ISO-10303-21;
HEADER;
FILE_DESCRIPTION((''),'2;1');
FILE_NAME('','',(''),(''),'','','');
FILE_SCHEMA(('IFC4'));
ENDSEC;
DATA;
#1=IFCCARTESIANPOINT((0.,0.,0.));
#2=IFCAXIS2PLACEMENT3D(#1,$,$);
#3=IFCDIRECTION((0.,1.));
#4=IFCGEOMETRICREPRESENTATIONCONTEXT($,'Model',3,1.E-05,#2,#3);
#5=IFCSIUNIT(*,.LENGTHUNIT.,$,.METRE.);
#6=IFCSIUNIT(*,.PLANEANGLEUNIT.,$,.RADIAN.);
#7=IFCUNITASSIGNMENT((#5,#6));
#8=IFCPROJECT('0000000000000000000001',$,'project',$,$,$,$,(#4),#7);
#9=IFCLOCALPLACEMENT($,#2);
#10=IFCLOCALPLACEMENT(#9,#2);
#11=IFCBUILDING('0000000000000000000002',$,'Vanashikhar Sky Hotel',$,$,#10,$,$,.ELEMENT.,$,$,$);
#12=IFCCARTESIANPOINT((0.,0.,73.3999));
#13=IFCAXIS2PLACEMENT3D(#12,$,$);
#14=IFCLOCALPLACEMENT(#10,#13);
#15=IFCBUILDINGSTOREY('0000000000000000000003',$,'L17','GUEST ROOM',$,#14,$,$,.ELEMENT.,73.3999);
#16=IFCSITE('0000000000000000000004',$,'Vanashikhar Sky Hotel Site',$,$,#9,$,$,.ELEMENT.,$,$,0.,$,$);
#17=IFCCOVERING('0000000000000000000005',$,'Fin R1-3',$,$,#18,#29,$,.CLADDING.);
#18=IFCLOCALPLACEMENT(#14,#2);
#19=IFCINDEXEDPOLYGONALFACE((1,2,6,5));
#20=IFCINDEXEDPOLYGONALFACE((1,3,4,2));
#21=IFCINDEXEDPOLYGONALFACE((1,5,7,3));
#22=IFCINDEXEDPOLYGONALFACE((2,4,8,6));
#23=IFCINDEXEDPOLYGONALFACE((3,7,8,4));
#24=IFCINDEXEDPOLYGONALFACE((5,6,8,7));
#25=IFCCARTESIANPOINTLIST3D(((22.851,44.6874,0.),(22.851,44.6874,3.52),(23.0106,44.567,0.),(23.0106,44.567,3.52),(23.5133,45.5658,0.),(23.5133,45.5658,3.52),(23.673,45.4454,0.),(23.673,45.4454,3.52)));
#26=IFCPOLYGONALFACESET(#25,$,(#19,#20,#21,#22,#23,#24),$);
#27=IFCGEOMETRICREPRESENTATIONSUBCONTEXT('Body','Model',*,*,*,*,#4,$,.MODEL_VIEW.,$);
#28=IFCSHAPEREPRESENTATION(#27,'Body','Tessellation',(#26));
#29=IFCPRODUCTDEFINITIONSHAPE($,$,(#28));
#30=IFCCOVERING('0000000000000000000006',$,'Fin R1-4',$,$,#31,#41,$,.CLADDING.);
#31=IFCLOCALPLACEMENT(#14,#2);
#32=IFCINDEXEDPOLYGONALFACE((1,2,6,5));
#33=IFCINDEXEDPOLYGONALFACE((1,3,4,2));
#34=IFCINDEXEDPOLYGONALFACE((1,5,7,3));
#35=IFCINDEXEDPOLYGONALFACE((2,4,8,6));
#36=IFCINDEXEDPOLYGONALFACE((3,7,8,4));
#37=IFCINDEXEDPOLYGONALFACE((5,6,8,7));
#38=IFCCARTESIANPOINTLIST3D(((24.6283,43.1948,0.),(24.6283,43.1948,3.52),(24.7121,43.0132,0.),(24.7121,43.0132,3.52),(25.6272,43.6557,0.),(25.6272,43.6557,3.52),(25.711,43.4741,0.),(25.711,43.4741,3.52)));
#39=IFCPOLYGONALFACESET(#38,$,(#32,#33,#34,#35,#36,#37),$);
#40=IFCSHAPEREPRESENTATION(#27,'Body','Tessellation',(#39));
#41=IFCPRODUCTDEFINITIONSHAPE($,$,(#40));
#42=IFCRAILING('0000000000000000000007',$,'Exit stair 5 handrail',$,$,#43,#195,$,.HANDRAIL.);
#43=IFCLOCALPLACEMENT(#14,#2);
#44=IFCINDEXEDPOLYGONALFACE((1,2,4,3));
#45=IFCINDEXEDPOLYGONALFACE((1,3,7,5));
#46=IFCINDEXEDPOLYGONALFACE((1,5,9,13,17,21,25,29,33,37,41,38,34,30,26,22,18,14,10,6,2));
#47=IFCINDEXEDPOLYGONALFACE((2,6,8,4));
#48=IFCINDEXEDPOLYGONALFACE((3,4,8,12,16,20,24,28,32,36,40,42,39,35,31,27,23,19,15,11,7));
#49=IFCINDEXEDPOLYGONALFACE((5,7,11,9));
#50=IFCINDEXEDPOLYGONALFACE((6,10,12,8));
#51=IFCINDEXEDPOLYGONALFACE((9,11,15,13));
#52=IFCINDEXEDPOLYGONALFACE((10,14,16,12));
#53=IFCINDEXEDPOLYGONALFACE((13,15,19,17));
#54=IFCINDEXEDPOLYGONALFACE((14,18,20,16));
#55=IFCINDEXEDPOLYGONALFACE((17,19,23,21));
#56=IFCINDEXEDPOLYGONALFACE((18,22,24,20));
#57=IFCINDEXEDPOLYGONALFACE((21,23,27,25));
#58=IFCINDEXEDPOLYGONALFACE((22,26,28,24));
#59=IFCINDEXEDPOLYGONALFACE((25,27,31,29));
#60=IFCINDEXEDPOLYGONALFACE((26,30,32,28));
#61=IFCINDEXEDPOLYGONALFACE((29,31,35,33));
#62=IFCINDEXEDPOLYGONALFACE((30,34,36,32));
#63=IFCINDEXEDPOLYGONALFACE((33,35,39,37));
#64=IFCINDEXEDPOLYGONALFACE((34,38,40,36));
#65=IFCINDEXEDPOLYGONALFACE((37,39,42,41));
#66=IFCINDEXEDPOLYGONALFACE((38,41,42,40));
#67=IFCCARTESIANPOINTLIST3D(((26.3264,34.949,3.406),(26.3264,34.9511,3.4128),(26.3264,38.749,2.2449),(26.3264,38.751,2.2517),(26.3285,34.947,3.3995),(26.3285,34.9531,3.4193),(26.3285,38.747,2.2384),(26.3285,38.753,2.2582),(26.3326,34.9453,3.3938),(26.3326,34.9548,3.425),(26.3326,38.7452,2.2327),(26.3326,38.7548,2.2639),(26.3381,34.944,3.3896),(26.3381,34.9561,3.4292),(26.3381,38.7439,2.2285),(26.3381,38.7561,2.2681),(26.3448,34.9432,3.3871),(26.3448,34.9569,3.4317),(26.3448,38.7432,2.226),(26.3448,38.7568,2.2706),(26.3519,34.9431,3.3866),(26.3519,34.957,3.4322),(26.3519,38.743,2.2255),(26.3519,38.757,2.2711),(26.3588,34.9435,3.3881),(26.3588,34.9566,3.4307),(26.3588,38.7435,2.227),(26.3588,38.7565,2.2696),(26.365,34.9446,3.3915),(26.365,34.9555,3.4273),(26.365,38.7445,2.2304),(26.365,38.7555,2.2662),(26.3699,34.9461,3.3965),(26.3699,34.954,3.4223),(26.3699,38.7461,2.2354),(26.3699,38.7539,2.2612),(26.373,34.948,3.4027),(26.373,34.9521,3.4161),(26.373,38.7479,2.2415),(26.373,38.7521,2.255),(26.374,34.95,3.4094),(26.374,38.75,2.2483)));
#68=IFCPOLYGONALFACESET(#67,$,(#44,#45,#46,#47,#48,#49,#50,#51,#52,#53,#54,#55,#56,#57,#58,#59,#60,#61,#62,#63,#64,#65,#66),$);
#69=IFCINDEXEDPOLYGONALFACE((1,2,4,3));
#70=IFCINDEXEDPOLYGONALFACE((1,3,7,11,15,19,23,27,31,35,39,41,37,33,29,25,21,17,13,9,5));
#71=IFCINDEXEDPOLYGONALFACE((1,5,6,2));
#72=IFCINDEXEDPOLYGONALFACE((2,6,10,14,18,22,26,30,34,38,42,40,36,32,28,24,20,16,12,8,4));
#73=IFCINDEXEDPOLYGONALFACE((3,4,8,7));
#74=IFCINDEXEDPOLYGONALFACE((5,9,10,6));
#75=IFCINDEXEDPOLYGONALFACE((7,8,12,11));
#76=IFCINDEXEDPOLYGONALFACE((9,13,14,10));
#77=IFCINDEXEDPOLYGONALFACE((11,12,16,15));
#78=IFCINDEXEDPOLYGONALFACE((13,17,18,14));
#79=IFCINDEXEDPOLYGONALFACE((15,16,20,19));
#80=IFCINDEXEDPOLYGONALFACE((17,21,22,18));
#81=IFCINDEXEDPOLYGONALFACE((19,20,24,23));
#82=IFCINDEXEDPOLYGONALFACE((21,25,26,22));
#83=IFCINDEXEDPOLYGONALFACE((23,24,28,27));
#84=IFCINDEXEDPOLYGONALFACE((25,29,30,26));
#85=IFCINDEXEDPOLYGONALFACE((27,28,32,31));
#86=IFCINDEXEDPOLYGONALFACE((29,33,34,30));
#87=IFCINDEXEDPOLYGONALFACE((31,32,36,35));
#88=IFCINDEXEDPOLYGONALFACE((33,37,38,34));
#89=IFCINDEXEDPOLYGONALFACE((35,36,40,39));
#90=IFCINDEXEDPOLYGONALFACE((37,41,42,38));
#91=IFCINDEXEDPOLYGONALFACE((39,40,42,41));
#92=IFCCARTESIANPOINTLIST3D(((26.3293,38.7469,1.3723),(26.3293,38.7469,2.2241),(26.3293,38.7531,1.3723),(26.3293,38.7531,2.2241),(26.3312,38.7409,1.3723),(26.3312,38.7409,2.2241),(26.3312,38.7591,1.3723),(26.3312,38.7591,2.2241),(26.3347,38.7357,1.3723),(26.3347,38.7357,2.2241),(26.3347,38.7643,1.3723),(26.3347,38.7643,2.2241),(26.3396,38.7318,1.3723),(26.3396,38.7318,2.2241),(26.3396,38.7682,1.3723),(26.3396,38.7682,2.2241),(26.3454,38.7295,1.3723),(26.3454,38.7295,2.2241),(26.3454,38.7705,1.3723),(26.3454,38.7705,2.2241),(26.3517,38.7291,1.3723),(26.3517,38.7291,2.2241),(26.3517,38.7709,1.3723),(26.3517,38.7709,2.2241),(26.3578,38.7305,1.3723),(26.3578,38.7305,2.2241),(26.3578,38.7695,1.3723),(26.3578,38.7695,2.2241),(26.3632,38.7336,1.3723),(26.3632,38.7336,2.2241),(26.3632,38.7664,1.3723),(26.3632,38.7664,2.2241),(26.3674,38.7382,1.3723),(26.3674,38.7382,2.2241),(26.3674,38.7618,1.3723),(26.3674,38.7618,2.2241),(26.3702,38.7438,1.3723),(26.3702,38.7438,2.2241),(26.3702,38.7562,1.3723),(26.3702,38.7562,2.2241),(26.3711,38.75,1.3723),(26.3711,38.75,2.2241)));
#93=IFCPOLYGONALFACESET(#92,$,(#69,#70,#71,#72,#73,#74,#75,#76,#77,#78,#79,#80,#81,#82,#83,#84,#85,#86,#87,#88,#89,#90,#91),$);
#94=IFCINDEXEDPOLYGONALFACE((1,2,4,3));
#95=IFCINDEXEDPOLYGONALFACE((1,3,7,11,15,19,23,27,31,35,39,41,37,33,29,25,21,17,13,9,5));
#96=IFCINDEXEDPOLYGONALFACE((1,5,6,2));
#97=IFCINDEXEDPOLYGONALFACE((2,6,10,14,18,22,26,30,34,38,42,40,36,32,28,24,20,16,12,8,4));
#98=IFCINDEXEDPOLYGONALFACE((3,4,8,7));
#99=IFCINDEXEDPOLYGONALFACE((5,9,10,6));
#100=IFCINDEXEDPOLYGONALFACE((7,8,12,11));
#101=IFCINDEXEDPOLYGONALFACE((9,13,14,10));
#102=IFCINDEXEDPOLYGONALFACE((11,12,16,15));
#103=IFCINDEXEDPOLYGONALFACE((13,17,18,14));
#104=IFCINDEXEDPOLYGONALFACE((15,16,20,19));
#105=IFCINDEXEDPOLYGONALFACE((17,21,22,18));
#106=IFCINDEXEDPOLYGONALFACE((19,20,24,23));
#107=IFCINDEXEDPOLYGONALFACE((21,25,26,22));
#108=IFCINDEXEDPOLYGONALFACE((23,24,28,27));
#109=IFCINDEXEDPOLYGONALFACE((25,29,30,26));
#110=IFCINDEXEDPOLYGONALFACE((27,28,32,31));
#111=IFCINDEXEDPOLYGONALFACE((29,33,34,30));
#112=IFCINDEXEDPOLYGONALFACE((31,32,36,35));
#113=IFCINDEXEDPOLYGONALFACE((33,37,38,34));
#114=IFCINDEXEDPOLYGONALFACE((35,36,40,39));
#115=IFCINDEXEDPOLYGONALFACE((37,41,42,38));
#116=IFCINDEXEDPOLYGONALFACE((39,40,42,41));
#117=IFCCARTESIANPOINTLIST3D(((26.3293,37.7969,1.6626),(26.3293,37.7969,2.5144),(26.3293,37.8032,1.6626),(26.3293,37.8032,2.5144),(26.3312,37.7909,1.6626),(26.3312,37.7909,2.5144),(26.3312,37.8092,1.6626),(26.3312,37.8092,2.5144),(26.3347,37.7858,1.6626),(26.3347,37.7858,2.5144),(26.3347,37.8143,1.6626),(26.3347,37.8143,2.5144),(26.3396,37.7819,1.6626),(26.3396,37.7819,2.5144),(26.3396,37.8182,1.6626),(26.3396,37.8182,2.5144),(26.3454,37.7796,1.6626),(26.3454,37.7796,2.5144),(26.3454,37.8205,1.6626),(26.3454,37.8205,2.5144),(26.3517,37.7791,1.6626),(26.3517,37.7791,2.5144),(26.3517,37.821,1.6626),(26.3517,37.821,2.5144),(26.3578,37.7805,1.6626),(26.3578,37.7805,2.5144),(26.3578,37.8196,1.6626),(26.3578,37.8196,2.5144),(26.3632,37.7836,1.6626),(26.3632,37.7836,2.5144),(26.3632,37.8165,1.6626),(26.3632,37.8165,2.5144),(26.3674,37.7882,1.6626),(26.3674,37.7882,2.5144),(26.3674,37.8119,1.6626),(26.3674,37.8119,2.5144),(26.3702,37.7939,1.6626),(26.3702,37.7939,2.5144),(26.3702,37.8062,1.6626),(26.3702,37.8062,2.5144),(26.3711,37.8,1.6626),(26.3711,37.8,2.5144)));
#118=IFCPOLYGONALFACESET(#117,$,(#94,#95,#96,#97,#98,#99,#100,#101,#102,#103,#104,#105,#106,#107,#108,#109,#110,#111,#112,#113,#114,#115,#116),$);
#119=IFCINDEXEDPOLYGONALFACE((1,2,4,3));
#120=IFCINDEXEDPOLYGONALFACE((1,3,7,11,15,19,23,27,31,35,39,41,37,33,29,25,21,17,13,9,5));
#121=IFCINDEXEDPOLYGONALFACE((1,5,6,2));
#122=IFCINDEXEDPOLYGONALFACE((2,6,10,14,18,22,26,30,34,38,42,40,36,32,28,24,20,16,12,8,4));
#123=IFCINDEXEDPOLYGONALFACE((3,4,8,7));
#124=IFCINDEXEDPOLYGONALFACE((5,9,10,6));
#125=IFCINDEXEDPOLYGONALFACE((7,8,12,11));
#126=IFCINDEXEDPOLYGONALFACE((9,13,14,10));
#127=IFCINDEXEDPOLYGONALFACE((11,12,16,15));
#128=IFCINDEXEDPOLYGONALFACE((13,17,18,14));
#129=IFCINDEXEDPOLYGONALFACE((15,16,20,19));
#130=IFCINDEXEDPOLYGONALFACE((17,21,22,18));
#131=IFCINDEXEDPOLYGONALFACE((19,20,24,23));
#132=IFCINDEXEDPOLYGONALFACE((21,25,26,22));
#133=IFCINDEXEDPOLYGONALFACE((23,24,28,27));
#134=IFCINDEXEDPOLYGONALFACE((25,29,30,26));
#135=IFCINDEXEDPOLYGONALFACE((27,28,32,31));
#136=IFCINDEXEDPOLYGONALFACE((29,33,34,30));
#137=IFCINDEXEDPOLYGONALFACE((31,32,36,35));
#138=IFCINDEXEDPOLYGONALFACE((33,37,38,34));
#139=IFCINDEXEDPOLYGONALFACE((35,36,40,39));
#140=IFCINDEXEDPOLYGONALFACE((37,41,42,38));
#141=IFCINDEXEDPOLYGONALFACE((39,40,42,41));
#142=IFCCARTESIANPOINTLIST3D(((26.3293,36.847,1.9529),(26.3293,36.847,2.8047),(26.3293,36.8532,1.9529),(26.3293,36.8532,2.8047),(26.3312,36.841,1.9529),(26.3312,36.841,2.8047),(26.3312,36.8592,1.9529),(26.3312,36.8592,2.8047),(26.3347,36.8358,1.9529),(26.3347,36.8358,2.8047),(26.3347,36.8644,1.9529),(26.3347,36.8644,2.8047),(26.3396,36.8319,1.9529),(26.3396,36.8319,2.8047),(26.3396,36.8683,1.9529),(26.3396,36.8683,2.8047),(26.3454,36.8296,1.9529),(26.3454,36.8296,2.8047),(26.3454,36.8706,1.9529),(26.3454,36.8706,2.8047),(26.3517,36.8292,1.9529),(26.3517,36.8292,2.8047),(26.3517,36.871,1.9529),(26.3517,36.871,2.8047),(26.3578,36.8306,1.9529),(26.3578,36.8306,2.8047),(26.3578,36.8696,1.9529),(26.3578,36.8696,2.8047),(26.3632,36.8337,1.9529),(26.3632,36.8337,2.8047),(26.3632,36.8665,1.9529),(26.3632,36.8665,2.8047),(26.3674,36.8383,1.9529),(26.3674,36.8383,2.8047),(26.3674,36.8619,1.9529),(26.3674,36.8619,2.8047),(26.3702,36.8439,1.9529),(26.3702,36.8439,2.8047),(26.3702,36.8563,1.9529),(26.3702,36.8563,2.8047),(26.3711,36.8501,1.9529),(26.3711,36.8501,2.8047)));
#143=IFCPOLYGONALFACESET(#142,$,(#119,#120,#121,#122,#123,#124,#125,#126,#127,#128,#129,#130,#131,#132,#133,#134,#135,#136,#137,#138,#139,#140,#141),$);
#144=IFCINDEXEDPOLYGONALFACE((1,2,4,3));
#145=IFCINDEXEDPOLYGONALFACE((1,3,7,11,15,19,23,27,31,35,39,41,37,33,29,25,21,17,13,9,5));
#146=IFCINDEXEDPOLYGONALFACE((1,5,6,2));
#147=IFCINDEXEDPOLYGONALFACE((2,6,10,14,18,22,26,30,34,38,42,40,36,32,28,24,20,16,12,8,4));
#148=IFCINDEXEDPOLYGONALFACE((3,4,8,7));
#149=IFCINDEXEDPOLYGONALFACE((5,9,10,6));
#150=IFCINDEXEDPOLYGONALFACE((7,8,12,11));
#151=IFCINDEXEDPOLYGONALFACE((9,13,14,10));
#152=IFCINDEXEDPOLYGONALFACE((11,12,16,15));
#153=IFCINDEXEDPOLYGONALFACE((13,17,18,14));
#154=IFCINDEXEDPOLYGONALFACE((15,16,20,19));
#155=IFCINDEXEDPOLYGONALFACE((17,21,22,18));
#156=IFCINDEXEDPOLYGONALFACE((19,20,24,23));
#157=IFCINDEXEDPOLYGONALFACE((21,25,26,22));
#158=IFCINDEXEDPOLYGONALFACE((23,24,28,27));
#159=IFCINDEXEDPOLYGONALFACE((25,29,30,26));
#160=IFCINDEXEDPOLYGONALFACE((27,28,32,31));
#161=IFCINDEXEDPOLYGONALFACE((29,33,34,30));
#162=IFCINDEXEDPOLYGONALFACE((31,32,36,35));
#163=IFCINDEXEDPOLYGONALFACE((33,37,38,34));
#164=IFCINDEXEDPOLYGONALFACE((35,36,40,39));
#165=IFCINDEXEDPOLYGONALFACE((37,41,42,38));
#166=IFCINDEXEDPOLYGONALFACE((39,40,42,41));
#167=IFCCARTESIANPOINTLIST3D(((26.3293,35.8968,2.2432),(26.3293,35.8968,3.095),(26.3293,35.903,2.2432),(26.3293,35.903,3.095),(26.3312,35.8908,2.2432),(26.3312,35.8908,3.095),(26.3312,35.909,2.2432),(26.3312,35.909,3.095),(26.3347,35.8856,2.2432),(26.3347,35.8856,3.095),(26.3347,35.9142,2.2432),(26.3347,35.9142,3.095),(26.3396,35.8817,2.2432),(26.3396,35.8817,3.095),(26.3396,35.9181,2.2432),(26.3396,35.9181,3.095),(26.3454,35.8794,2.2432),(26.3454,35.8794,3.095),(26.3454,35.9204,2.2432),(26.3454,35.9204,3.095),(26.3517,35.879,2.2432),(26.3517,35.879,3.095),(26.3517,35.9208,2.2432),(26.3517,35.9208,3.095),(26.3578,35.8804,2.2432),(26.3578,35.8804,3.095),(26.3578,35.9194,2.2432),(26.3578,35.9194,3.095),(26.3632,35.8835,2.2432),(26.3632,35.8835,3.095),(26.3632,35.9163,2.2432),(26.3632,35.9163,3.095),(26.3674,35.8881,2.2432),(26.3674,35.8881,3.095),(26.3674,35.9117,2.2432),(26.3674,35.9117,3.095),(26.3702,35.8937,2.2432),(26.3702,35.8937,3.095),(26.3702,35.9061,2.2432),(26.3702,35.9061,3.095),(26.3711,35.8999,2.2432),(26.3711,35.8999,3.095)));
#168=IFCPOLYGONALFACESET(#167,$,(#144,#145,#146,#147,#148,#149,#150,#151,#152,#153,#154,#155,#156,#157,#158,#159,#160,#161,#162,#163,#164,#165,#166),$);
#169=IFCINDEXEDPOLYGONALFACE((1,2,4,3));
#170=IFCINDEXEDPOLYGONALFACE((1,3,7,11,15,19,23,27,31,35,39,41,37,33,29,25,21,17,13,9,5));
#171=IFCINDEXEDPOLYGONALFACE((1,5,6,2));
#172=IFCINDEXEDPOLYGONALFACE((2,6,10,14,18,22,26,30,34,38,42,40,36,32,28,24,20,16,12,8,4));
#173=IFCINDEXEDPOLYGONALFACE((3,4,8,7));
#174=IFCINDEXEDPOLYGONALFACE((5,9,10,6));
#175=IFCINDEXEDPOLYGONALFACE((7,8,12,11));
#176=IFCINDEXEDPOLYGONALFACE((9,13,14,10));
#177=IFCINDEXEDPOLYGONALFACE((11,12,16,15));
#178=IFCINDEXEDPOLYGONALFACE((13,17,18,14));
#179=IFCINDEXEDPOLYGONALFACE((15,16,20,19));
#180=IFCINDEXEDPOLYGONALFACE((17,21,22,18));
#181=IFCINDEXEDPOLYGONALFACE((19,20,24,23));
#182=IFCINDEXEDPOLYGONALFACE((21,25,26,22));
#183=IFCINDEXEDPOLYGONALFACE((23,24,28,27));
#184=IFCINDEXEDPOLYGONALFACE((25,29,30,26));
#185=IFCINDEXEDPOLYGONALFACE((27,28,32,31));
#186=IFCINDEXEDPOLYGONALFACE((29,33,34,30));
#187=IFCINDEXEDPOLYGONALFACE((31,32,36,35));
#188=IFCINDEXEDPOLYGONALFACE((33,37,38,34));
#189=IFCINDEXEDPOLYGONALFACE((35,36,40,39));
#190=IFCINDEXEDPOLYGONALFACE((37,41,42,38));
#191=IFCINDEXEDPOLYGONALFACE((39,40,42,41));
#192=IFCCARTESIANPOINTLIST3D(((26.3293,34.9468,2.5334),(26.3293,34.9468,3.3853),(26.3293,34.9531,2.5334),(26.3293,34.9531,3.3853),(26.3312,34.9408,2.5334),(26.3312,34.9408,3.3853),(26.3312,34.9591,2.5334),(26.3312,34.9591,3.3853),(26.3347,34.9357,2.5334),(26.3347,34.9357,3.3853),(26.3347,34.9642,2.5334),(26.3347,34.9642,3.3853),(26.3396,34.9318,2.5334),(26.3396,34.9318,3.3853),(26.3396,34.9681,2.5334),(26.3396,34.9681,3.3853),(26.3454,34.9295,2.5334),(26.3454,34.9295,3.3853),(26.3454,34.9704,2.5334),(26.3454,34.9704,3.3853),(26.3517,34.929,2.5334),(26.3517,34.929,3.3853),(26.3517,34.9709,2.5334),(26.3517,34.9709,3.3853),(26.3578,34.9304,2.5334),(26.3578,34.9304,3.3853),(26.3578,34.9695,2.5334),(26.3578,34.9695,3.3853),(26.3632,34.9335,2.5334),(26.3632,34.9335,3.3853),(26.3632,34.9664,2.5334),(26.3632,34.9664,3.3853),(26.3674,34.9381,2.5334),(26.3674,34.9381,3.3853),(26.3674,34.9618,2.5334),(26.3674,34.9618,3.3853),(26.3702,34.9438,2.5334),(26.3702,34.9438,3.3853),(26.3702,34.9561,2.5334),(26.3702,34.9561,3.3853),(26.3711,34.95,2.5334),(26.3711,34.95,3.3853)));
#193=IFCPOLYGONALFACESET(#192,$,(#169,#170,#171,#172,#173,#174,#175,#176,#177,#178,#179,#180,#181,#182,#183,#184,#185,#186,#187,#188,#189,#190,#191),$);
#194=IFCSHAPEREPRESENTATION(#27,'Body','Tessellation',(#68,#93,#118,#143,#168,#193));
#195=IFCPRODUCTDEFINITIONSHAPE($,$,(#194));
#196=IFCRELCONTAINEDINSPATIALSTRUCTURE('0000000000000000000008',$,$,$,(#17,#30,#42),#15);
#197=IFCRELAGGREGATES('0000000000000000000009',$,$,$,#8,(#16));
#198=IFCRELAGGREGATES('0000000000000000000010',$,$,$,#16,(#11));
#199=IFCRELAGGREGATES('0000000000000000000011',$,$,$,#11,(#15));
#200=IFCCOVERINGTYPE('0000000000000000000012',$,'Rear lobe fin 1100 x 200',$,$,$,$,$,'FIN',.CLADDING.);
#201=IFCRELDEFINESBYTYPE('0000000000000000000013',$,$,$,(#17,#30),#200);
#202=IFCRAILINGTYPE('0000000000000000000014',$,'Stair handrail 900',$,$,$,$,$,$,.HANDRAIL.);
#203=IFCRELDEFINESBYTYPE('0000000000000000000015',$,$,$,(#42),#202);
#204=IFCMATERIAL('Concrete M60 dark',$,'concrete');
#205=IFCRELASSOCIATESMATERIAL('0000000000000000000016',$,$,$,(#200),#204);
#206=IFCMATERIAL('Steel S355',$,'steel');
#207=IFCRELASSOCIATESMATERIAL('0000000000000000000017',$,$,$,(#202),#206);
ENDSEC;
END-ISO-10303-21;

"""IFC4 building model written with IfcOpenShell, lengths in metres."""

from ifc_helpers import new_model, si_unit, direction, frame, origin, origin_2d, place, context, subcontext, project, spatial, rectangle, circle, extrude, source, transform, mapped, material, material_profile, profile_set, type_object, element, save


model = new_model("IFC4")

# Units and contexts
model_context = context("Model", 3, precision=1e-05, world=origin(), true_north=direction((0.0, 1.0)))
body_context = subcontext(model_context, "Body", "Model", "MODEL_VIEW")
ifc_project = project(units=[si_unit("LENGTHUNIT", "METRE"), si_unit("PLANEANGLEUNIT", "RADIAN")], contexts=[model_context])

# Site, building, storey
site_placement = place(None, origin())
site = spatial("IfcSite", under=ifc_project, at=site_placement, Name="Vanashikhar Sky Hotel Site", CompositionType="ELEMENT", RefElevation=0.0)
building_placement = place(site_placement, origin())
building = spatial("IfcBuilding", under=site, at=building_placement, Name="Vanashikhar Sky Hotel", CompositionType="ELEMENT")
storey_placement = place(building_placement, frame((0.0, 0.0, 73.3999)))
storey = spatial("IfcBuildingStorey", under=building, at=storey_placement, Name="L17", Description="GUEST ROOM", CompositionType="ELEMENT", Elevation=73.3999)

# Coverings
ifc_material_1 = material(Name="Concrete M60 dark", Category="concrete")
ifc_material_profile = material_profile(ifc_material_1, rectangle(XDim=1.1001, YDim=0.2, at=origin_2d()))
ifc_profile_set = profile_set([ifc_material_profile], Name="Rear lobe fin 1100 x 200")
covering_type = type_object("IfcCoveringType", Name="Rear lobe fin 1100 x 200", ElementType="FIN", PredefinedType="CLADDING", material=ifc_profile_set)
shared_shape_1 = source(origin(), body_context, "Body", "SweptSolid", [
    extrude(rectangle(XDim=1.1001, YDim=0.2, at=origin_2d()), origin(), (0.0, 0.0, 1.0), 3.52),
])
for number, where, z_axis, x_axis, name in (
    (1, (23.262, 45.0664, 0.0), (0.0, 0.0, 1.0), (0.602066, 0.798446, 0.0), "Fin R1-3"),
    (2, (25.1697, 43.3345, 0.0), (0.0, 0.0, 1.0), (0.908004, 0.418961, 0.0), "Fin R1-4"),
):
    element("IfcCovering", number, at=place(storey_placement, frame(where, z_axis=z_axis, x_axis=x_axis)), inside=storey, type_object=covering_type, Name=name, PredefinedType="CLADDING", context=body_context, shape_type="MappedRepresentation", body=[
        mapped(shared_shape_1, transform((0.0, 0.0, 0.0), scale=1.0)),
    ])

# Railing
ifc_material_2 = material(Name="Steel S355", Category="steel")
railing_type = type_object("IfcRailingType", Name="Stair handrail 900", PredefinedType="HANDRAIL", material=ifc_material_2)
shared_shape_2 = source(origin(), body_context, "Body", "SweptSolid", [
    extrude(circle(Radius=0.0239, at=origin_2d()), frame((0.0, 0.0, 0.876), z_axis=(0.0, -0.956351, 0.29222), x_axis=(1.0, 0.0, 0.0)), (0.0, 0.0, 1.0), 3.9734),
    extrude(circle(Radius=0.021, at=origin_2d()), origin(), (0.0, 0.0, 1.0), 0.8518),
    extrude(circle(Radius=0.021, at=origin_2d()), frame((0.0, -0.95, 0.2903)), (0.0, 0.0, 1.0), 0.8518),
    extrude(circle(Radius=0.021, at=origin_2d()), frame((0.0, -1.8999, 0.5806)), (0.0, 0.0, 1.0), 0.8518),
    extrude(circle(Radius=0.021, at=origin_2d()), frame((0.0, -2.8501, 0.8708)), (0.0, 0.0, 1.0), 0.8518),
    extrude(circle(Radius=0.021, at=origin_2d()), frame((0.0, -3.8, 1.1611)), (0.0, 0.0, 1.0), 0.8518),
])
railing_placement = place(storey_placement, frame((26.3501, 38.75, 1.3723)))
element("IfcRailing", 3, at=railing_placement, inside=storey, type_object=railing_type, Name="Exit stair 5 handrail", PredefinedType="HANDRAIL", context=body_context, shape_type="MappedRepresentation", body=[
    mapped(shared_shape_2, transform((0.0, 0.0, 0.0), scale=1.0)),
])

save(model, "model.ifc")
